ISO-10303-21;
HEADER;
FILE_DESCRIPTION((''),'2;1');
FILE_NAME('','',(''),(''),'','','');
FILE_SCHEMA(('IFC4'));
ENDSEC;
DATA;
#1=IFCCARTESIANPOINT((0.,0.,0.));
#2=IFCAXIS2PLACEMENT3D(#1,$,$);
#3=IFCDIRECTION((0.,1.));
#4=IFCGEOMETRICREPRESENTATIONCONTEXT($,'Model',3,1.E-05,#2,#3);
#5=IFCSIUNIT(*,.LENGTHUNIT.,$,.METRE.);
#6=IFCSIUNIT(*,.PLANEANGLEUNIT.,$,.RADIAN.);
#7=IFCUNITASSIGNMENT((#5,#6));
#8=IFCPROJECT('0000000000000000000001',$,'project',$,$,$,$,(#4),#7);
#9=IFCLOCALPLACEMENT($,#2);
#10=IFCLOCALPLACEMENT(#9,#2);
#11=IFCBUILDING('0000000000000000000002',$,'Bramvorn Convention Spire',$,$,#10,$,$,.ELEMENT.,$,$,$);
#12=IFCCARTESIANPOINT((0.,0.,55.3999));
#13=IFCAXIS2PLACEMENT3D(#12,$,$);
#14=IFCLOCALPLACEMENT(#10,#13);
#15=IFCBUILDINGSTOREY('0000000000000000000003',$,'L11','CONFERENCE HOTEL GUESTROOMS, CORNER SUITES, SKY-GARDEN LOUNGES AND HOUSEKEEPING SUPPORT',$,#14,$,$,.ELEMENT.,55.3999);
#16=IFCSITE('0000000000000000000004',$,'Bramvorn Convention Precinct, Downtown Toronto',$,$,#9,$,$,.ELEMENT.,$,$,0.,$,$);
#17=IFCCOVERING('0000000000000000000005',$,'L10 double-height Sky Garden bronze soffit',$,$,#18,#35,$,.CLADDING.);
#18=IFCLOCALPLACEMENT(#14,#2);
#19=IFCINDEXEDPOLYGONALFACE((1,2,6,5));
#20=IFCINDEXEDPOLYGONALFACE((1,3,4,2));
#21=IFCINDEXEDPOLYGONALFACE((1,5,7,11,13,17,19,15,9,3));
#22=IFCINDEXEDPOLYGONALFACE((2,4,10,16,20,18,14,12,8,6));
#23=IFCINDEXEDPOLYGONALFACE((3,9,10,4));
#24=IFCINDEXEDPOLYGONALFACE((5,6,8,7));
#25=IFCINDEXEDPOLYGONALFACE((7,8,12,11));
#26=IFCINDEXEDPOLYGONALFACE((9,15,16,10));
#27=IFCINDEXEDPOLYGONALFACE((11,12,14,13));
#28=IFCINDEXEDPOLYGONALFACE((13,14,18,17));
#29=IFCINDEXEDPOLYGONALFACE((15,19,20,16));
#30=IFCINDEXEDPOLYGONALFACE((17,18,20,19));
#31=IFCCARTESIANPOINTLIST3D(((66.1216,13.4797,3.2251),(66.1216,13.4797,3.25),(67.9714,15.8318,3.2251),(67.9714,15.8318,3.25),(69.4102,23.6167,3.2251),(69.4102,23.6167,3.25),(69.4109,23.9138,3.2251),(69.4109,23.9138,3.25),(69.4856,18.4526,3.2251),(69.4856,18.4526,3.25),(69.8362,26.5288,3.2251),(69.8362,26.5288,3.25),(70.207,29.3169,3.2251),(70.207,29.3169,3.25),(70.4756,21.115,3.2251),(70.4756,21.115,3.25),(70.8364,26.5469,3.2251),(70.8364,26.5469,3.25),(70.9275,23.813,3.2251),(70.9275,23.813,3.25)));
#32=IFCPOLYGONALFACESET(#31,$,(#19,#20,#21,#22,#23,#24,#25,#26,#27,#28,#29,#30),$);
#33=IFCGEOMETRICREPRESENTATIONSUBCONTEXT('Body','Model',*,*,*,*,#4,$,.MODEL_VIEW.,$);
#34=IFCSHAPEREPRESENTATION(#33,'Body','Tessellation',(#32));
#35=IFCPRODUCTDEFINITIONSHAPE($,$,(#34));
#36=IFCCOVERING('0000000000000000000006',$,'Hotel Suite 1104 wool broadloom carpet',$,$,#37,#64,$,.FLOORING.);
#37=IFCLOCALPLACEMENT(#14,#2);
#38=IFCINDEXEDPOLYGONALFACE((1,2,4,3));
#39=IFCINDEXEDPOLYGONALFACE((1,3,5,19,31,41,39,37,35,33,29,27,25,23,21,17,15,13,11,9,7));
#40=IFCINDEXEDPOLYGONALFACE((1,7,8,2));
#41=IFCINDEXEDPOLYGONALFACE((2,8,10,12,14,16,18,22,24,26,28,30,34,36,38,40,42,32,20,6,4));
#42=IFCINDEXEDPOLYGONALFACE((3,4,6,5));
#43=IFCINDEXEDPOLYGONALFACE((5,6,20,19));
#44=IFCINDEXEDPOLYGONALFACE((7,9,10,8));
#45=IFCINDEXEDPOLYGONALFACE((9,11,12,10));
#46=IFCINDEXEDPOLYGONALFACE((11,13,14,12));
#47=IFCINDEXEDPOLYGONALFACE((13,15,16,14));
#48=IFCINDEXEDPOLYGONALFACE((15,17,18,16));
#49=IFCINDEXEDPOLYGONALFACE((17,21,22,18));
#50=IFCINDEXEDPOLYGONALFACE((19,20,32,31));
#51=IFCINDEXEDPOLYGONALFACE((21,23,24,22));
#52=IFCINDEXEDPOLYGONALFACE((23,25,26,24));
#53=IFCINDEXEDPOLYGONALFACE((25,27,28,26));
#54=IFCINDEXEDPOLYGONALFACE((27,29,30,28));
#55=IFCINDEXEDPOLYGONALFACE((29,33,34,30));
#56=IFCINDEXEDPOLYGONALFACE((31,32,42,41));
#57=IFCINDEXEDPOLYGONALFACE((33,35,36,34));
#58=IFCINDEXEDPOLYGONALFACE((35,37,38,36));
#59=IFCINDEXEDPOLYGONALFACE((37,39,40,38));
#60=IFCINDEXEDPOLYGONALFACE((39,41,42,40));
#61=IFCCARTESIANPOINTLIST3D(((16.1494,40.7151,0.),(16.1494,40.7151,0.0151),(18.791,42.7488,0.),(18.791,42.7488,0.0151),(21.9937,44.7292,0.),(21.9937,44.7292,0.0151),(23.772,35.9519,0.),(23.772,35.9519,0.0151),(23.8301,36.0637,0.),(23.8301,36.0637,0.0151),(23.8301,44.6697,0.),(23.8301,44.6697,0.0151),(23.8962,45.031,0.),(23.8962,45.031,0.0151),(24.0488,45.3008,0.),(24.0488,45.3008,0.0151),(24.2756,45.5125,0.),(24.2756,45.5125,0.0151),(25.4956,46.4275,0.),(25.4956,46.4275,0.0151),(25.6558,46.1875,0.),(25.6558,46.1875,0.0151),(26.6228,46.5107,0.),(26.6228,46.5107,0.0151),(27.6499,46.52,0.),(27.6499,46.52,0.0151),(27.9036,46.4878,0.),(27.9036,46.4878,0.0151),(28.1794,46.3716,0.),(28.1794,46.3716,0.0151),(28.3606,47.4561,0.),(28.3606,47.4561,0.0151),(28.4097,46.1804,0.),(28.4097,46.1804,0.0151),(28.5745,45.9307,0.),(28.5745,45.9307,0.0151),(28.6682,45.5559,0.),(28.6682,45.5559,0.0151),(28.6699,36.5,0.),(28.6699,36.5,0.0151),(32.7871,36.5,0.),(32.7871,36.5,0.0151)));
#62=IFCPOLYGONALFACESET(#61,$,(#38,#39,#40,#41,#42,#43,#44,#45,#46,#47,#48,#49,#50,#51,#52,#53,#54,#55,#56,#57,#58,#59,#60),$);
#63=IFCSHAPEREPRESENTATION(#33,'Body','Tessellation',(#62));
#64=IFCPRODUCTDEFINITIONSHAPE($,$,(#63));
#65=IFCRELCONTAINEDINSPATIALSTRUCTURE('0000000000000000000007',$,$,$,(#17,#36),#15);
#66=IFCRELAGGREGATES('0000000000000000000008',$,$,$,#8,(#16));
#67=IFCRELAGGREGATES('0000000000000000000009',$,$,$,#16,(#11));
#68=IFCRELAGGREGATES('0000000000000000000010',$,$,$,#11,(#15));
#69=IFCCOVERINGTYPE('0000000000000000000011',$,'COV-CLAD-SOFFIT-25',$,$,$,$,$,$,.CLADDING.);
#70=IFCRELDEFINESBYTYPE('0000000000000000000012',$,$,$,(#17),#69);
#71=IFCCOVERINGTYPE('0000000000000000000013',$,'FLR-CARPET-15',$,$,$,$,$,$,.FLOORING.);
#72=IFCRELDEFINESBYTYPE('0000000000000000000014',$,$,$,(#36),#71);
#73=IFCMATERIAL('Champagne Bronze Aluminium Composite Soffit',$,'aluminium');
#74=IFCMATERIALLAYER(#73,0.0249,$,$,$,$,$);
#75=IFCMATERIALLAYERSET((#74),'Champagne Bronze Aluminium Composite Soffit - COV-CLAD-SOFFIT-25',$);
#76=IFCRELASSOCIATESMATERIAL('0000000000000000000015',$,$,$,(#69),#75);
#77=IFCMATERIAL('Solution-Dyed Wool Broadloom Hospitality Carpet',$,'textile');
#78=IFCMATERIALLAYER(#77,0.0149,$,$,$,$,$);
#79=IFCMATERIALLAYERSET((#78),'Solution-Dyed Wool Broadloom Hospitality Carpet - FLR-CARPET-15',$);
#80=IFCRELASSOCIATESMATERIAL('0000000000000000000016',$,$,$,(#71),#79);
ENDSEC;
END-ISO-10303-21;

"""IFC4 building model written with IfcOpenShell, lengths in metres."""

from ifc_helpers import new_model, si_unit, direction, frame, origin, place, context, subcontext, project, spatial, polyline, outline, extrude, material, layer, layer_set, type_object, element, save


model = new_model("IFC4")

# Units and contexts
model_context = context("Model", 3, precision=1e-05, world=origin(), true_north=direction((0.0, 1.0)))
body_context = subcontext(model_context, "Body", "Model", "MODEL_VIEW")
ifc_project = project(units=[si_unit("LENGTHUNIT", "METRE"), si_unit("PLANEANGLEUNIT", "RADIAN")], contexts=[model_context])

# Site, building, storey
site_placement = place(None, origin())
site = spatial("IfcSite", under=ifc_project, at=site_placement, Name="Bramvorn Convention Precinct, Downtown Toronto", CompositionType="ELEMENT", RefElevation=0.0)
building_placement = place(site_placement, origin())
building = spatial("IfcBuilding", under=site, at=building_placement, Name="Bramvorn Convention Spire", CompositionType="ELEMENT")
storey_placement = place(building_placement, frame((0.0, 0.0, 55.3999)))
storey = spatial("IfcBuildingStorey", under=building, at=storey_placement, Name="L11", Description="CONFERENCE HOTEL GUESTROOMS, CORNER SUITES, SKY-GARDEN LOUNGES AND HOUSEKEEPING SUPPORT", CompositionType="ELEMENT", Elevation=55.3999)

# Coverings
ifc_material_1 = material(Name="Champagne Bronze Aluminium Composite Soffit", Category="aluminium")
ifc_layer_1 = layer(ifc_material_1, 0.0249)
ifc_layer_set_1 = layer_set([ifc_layer_1], Name="Champagne Bronze Aluminium Composite Soffit - COV-CLAD-SOFFIT-25")
covering_type_1 = type_object("IfcCoveringType", Name="COV-CLAD-SOFFIT-25", PredefinedType="CLADDING", material=ifc_layer_set_1)
covering_1_placement = place(storey_placement, frame((0.0, 0.0, 3.2251)))
element("IfcCovering", 1, at=covering_1_placement, inside=storey, type_object=covering_type_1, Name="L10 double-height Sky Garden bronze soffit", PredefinedType="CLADDING", context=body_context, shape_type="SweptSolid", body=[
    extrude(outline(polyline([(70.207, 29.3169), (69.8362, 26.5288), (69.4109, 23.9138), (69.4102, 23.6167), (66.1216, 13.4797), (67.9714, 15.8318), (69.4856, 18.4526), (70.4756, 21.115), (70.9275, 23.813), (70.8364, 26.5469), (70.207, 29.3169)])), origin(), (0.0, 0.0, 1.0), 0.0249),
])
ifc_material_2 = material(Name="Solution-Dyed Wool Broadloom Hospitality Carpet", Category="textile")
ifc_layer_2 = layer(ifc_material_2, 0.0149)
ifc_layer_set_2 = layer_set([ifc_layer_2], Name="Solution-Dyed Wool Broadloom Hospitality Carpet - FLR-CARPET-15")
covering_type_2 = type_object("IfcCoveringType", Name="FLR-CARPET-15", PredefinedType="FLOORING", material=ifc_layer_set_2)
covering_2_placement = place(storey_placement, origin())
element("IfcCovering", 2, at=covering_2_placement, inside=storey, type_object=covering_type_2, Name="Hotel Suite 1104 wool broadloom carpet", PredefinedType="FLOORING", context=body_context, shape_type="SweptSolid", body=[
    extrude(outline(polyline([(23.772, 35.9519), (23.8301, 36.0637), (23.8301, 44.6697), (23.8962, 45.031), (24.0488, 45.3008), (24.2756, 45.5125), (25.6558, 46.1875), (26.6228, 46.5107), (27.6499, 46.52), (27.9036, 46.4878), (28.1794, 46.3716), (28.4097, 46.1804), (28.5745, 45.9307), (28.6682, 45.5559), (28.6699, 36.5), (32.7871, 36.5), (28.3606, 47.4561), (25.4956, 46.4275), (21.9937, 44.7292), (18.791, 42.7488), (16.1494, 40.7151), (23.772, 35.9519)])), origin(), (0.0, 0.0, 1.0), 0.0151),
])

save(model, "model.ifc")
